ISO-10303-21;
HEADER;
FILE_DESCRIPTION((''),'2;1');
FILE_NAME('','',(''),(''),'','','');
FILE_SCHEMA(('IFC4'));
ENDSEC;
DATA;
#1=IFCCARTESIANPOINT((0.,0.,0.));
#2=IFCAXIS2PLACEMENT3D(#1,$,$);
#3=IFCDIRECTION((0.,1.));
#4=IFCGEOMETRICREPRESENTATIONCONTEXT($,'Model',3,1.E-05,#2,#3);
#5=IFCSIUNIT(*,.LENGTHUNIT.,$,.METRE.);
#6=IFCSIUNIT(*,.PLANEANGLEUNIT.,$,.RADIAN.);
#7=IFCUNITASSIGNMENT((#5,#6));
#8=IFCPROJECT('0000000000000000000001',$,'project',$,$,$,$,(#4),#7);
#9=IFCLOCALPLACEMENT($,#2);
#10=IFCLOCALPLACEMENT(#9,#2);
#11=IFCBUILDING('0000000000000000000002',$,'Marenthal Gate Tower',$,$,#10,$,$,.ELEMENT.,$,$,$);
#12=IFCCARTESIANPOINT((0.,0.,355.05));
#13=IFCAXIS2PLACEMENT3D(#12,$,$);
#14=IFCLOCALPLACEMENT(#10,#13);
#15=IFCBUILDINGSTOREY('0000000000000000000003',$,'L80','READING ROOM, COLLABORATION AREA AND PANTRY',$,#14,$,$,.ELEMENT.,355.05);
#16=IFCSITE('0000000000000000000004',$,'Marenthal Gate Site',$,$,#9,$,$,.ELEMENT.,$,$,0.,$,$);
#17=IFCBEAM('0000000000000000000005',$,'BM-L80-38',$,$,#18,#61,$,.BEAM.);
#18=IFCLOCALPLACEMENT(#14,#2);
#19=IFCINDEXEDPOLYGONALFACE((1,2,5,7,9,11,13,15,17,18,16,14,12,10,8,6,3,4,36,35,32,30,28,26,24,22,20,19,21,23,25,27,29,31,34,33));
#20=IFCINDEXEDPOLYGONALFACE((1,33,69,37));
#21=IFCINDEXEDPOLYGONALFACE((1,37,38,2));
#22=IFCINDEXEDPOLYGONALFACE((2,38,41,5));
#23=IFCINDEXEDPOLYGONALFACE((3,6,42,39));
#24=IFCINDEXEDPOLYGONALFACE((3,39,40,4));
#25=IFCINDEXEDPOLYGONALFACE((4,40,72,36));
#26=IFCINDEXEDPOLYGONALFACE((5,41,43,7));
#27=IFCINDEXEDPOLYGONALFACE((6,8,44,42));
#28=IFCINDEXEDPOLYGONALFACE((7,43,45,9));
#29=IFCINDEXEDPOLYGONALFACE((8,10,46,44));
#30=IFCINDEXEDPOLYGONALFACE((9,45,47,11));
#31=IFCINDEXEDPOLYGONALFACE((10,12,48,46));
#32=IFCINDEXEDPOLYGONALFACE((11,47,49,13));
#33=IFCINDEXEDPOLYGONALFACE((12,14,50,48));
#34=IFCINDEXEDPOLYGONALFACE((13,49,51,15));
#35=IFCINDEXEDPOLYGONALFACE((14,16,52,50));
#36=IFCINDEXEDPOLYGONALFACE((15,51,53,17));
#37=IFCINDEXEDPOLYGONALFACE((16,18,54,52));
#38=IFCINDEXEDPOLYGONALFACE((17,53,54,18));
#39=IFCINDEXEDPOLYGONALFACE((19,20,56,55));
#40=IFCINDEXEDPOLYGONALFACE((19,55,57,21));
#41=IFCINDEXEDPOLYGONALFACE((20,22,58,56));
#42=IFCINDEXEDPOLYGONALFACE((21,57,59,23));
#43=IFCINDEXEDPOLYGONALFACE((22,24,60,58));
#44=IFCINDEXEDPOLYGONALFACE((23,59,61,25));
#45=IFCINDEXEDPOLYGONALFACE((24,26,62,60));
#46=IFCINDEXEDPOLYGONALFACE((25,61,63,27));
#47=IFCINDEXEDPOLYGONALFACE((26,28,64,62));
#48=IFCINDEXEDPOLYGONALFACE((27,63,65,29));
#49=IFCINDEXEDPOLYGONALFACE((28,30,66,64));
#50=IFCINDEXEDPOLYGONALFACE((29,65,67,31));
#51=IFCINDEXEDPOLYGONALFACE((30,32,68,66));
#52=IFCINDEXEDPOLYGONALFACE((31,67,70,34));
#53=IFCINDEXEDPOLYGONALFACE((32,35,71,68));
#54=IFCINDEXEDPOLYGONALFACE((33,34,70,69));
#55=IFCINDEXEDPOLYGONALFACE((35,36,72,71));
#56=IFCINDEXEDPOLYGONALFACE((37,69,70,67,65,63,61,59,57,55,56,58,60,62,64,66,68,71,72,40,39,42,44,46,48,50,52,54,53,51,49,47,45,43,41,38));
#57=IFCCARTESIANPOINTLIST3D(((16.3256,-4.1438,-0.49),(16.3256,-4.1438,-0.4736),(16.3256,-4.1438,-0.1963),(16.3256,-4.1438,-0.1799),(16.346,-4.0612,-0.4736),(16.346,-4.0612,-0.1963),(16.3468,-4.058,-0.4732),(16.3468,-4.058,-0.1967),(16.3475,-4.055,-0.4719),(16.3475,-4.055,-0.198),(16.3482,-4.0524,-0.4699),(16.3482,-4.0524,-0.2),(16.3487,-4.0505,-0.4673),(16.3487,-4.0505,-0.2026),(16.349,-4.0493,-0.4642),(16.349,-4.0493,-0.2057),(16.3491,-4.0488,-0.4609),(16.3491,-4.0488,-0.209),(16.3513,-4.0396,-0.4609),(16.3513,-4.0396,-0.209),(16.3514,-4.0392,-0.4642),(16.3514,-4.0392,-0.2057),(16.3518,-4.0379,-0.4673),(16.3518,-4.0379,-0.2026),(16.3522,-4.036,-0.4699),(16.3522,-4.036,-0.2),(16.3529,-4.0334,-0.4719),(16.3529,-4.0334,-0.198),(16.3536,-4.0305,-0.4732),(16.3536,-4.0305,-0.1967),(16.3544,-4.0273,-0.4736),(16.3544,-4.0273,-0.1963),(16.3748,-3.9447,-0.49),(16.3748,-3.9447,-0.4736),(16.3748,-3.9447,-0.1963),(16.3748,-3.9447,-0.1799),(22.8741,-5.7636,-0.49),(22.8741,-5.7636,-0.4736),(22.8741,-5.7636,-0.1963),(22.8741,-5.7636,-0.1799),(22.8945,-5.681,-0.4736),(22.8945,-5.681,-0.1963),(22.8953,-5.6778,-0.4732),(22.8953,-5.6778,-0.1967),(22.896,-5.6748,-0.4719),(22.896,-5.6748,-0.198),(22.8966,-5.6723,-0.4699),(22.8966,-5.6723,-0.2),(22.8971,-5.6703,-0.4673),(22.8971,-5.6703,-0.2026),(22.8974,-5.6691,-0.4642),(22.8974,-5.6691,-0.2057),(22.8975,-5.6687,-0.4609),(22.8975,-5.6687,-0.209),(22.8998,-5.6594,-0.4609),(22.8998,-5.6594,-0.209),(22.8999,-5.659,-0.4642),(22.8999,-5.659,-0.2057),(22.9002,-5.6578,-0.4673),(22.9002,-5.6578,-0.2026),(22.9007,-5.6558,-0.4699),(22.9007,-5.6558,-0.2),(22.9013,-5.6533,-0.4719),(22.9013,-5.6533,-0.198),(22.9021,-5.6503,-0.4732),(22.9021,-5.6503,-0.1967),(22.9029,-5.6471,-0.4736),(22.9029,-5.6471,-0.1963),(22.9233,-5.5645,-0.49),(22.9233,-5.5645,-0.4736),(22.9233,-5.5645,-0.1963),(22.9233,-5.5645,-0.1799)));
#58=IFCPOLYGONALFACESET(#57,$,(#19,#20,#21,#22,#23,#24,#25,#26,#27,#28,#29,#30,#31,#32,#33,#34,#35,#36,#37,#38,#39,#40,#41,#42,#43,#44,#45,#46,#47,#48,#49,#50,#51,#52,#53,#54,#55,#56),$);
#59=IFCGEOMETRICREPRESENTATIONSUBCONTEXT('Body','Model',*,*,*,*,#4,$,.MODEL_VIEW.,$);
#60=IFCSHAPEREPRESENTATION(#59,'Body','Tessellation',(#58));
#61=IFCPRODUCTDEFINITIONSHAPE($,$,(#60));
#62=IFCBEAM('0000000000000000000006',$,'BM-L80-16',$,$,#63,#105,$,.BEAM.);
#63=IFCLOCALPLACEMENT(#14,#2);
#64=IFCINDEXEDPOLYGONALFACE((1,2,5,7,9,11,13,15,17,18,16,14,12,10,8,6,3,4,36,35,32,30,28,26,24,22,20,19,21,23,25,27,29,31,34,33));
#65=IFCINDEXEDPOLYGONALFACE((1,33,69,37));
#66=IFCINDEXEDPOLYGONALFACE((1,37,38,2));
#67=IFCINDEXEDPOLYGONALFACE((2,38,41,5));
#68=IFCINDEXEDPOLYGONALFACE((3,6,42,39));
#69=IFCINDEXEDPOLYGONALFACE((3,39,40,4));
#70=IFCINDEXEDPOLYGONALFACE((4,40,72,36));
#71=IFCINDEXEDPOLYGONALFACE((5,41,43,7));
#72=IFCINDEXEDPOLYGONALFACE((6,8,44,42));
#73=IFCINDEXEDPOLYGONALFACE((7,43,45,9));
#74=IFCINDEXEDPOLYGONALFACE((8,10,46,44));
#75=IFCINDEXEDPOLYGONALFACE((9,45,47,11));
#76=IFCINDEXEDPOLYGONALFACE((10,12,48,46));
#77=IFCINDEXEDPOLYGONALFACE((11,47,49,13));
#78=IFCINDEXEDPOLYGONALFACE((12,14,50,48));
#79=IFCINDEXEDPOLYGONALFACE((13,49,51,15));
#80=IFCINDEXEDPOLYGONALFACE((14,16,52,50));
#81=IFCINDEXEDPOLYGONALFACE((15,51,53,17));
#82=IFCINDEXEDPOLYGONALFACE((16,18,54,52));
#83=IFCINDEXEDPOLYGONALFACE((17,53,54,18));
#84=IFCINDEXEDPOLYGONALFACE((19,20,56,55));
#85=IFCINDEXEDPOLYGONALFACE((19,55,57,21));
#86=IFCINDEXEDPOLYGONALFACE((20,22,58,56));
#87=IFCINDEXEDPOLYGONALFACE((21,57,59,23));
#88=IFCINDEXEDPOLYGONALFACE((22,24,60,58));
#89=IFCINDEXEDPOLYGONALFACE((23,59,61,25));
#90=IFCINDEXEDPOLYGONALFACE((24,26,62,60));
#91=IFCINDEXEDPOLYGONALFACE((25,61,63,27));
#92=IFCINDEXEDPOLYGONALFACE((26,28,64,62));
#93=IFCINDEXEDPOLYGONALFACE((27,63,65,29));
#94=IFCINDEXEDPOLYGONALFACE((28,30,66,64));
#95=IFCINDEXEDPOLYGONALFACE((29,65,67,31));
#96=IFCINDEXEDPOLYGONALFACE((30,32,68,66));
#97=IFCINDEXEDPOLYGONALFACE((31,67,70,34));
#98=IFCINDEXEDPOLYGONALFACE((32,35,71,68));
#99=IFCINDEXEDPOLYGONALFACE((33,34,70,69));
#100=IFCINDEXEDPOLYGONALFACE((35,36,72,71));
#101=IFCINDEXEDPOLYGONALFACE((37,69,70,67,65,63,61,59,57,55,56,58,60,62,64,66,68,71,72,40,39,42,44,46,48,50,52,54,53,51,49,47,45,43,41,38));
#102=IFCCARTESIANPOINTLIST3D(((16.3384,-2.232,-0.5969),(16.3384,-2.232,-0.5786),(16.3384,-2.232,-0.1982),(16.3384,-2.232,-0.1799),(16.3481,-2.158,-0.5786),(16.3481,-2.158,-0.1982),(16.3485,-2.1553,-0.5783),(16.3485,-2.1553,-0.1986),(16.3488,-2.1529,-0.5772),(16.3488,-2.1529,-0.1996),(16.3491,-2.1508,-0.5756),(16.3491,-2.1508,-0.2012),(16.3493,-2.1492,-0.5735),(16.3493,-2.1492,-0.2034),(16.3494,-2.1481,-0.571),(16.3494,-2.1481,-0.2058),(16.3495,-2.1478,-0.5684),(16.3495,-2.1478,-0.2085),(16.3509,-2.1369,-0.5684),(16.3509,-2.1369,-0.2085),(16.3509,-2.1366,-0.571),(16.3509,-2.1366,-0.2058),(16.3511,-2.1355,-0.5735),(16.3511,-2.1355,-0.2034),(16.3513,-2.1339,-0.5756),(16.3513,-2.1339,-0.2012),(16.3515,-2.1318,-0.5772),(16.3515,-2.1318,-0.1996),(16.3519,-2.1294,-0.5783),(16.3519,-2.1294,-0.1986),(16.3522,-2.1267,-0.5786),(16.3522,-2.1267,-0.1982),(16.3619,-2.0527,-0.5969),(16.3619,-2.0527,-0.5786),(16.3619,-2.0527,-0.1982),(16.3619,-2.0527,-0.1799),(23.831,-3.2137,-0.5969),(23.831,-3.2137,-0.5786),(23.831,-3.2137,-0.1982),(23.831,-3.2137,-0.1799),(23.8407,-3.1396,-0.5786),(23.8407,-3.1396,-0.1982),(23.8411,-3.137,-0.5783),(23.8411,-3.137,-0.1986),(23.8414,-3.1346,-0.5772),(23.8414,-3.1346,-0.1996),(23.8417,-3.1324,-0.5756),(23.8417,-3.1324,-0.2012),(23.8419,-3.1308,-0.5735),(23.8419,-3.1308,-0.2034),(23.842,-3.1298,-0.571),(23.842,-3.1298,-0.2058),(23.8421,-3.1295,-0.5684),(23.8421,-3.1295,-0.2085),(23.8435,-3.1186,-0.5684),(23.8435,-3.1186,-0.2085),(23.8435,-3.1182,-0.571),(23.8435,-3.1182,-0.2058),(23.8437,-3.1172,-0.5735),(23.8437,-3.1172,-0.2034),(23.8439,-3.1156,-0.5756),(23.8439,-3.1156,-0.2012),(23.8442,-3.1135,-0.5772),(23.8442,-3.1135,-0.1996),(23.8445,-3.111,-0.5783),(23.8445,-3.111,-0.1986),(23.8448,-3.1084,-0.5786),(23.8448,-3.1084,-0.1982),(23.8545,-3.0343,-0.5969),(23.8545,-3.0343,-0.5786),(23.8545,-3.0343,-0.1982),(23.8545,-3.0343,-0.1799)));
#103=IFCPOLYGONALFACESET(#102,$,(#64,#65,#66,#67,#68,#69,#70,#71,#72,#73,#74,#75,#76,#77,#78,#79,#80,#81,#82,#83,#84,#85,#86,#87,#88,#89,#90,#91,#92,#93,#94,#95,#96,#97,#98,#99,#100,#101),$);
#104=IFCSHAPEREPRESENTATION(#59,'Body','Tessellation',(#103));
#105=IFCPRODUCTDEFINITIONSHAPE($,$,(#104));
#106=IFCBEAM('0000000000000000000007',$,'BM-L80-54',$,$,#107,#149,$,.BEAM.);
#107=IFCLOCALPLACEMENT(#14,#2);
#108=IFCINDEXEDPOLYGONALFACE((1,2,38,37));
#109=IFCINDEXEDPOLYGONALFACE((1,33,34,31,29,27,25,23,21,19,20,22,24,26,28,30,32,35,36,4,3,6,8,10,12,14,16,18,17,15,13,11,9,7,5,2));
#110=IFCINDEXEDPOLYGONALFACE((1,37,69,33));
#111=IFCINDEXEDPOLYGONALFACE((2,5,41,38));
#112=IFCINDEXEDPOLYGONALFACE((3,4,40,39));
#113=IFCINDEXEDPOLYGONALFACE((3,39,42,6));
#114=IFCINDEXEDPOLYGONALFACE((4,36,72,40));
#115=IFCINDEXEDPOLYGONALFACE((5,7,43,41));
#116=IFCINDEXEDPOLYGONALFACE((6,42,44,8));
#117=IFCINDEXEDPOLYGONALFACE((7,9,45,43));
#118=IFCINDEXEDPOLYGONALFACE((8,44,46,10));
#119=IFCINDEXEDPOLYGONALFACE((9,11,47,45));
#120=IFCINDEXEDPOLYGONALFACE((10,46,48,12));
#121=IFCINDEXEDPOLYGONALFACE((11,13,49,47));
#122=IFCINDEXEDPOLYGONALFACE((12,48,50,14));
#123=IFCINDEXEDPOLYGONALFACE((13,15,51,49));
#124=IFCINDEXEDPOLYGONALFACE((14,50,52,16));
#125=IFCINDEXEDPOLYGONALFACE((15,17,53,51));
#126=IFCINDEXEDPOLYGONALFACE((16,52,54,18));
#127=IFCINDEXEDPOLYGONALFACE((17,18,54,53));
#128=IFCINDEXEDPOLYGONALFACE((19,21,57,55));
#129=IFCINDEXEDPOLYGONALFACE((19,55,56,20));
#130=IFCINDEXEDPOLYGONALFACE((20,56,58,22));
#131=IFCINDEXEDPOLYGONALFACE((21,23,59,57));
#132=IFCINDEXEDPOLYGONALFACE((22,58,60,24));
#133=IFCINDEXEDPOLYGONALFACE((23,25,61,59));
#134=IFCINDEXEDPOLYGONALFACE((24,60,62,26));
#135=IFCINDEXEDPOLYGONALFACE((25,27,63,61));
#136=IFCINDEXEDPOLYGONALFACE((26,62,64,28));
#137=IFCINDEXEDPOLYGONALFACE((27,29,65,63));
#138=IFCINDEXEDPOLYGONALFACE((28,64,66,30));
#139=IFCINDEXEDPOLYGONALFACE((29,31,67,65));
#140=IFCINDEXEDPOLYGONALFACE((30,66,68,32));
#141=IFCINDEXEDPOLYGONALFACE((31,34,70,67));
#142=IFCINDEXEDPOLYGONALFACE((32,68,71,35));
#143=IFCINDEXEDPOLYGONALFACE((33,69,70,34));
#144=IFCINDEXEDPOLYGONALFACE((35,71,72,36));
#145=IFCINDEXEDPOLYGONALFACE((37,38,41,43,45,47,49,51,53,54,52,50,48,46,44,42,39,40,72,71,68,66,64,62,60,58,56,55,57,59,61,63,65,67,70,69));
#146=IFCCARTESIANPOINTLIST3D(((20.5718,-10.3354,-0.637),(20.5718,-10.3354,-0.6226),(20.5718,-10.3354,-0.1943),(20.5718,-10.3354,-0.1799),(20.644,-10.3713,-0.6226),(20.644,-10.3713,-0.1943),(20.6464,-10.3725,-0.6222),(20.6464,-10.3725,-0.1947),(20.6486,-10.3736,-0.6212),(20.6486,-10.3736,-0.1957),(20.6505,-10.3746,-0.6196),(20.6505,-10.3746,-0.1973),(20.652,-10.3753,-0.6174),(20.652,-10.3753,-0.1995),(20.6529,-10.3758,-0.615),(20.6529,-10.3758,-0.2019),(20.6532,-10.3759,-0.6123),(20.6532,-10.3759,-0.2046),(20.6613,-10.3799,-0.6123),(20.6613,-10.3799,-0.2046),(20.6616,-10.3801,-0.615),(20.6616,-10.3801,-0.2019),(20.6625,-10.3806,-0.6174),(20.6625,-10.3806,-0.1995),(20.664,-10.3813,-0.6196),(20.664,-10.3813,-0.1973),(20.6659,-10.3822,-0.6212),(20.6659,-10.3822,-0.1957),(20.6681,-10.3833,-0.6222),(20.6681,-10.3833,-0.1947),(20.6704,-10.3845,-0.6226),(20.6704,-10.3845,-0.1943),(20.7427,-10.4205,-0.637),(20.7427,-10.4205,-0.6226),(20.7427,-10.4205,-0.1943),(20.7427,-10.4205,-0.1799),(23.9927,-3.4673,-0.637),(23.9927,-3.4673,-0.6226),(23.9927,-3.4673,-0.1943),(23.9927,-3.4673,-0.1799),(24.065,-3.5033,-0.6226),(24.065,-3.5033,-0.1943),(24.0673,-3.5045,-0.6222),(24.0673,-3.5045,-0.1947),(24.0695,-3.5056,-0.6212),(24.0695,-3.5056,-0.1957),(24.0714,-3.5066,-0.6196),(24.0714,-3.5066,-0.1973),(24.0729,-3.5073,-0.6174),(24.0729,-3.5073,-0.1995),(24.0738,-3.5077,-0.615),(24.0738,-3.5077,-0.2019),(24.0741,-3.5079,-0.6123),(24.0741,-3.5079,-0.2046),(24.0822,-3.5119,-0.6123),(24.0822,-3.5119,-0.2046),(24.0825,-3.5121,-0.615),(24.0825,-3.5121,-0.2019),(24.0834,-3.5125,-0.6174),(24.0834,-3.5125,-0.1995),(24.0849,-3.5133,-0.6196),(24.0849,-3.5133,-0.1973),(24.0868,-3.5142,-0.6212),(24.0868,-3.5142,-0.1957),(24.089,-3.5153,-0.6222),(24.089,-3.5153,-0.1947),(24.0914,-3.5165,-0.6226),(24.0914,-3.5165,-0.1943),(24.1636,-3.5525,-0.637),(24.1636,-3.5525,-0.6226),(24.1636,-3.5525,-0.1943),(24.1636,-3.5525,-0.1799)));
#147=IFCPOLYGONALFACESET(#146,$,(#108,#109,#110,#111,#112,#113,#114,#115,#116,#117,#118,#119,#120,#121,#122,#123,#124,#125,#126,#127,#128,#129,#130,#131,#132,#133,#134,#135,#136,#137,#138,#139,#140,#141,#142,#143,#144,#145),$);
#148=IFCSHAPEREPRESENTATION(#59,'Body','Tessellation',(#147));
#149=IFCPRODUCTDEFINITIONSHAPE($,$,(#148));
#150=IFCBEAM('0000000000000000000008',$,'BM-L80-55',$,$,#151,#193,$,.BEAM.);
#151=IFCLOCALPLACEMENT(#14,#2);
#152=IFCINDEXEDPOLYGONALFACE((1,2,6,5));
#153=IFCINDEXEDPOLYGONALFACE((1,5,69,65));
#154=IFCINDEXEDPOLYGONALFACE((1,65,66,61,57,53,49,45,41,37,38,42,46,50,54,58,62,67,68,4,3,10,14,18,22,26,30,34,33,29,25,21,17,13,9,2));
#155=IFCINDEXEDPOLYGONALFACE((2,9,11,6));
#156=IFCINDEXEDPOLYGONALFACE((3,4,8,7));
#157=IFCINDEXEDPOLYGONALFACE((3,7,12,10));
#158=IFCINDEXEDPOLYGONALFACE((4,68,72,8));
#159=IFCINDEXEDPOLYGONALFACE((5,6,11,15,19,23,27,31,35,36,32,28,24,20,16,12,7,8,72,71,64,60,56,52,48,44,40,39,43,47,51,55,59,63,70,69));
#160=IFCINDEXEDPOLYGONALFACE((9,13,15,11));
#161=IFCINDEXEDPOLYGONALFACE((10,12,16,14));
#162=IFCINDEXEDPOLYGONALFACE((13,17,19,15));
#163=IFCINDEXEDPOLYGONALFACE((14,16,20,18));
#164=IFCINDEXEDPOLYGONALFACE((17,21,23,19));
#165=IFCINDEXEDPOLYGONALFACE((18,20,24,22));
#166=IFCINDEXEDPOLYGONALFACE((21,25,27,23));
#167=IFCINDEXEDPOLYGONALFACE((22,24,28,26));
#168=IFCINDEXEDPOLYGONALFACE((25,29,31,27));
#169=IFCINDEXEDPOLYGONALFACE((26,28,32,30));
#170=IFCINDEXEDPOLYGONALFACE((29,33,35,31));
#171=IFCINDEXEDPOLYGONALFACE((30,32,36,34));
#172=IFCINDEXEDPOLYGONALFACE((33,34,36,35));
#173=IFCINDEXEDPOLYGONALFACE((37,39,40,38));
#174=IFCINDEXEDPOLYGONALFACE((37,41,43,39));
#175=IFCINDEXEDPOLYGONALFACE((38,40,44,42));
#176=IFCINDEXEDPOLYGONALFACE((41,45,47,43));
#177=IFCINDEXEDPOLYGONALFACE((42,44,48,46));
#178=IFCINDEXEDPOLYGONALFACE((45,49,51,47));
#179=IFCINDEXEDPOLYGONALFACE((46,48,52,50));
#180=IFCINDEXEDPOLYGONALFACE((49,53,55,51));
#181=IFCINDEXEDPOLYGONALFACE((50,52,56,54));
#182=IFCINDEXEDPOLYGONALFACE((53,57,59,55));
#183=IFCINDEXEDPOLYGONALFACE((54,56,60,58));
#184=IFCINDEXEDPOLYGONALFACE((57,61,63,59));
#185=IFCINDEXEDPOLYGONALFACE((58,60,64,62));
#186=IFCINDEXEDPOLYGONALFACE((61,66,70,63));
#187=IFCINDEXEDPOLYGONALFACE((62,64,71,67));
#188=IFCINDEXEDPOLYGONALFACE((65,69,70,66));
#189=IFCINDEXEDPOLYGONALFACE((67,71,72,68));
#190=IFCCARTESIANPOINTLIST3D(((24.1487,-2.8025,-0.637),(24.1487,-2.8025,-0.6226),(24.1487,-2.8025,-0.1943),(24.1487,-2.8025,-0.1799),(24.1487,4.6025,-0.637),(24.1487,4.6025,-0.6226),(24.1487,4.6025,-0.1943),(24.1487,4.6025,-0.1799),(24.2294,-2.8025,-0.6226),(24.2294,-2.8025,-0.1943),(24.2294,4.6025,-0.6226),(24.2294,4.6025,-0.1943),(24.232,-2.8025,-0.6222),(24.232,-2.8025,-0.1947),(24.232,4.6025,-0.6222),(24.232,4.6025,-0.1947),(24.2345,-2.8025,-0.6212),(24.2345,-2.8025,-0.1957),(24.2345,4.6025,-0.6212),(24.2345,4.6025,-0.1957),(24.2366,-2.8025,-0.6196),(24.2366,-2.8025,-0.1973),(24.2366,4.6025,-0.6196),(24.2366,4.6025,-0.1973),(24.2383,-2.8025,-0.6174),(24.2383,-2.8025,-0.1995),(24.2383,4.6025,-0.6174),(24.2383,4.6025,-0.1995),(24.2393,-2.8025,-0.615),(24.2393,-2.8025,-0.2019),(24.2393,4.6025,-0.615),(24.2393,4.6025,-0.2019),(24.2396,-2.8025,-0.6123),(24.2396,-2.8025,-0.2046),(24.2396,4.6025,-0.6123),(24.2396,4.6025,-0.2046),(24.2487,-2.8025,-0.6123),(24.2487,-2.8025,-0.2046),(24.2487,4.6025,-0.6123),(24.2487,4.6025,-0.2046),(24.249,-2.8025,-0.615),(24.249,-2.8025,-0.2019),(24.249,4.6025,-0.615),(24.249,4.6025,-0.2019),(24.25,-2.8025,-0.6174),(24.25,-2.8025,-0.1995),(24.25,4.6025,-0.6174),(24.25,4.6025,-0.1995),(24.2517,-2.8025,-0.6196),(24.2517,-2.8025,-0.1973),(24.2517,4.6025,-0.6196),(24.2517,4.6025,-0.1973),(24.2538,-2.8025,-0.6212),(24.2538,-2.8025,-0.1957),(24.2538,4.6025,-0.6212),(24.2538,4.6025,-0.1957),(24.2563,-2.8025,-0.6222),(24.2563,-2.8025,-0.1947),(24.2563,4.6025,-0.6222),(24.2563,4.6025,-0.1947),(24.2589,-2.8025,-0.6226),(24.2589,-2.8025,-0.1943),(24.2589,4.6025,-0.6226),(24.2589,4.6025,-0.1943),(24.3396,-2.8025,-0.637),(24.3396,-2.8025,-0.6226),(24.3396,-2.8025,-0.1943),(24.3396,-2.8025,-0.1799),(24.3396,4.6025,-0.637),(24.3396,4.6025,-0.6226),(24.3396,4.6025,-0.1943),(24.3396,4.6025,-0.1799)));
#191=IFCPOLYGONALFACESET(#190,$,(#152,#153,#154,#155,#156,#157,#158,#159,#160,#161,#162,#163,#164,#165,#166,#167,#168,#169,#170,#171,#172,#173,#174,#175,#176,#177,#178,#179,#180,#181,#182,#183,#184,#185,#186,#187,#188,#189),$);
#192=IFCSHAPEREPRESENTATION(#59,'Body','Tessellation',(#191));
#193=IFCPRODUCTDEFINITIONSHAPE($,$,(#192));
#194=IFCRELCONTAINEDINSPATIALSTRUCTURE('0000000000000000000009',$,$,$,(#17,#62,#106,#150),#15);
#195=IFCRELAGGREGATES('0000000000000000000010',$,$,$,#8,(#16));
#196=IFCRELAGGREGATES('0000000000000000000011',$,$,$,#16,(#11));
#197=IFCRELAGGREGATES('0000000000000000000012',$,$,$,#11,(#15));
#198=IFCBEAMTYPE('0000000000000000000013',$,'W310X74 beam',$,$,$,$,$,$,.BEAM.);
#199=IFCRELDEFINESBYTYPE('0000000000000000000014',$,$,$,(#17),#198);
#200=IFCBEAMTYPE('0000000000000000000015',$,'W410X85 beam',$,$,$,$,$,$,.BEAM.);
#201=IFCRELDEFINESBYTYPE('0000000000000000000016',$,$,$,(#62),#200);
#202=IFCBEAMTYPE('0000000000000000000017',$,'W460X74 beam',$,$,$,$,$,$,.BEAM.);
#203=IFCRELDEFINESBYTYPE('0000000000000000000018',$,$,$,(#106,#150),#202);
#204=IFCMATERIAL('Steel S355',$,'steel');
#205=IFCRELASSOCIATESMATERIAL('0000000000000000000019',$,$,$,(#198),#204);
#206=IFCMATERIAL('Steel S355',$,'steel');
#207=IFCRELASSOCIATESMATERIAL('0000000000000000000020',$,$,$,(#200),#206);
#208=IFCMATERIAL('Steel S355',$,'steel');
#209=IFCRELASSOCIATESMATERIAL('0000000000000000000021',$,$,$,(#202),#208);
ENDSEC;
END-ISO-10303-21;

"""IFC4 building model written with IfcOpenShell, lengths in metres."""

from ifc_helpers import new_model, si_unit, direction, frame, origin, origin_2d, place, context, subcontext, project, spatial, i_section, extrude, material, material_profile, profile_set, type_object, element, save


model = new_model("IFC4")

# Units and contexts
model_context = context("Model", 3, precision=1e-05, world=origin(), true_north=direction((0.0, 1.0)))
body_context = subcontext(model_context, "Body", "Model", "MODEL_VIEW")
ifc_project = project(units=[si_unit("LENGTHUNIT", "METRE"), si_unit("PLANEANGLEUNIT", "RADIAN")], contexts=[model_context])

# Site, building, storey
site_placement = place(None, origin())
site = spatial("IfcSite", under=ifc_project, at=site_placement, Name="Marenthal Gate Site", CompositionType="ELEMENT", RefElevation=0.0)
building_placement = place(site_placement, origin())
building = spatial("IfcBuilding", under=site, at=building_placement, Name="Marenthal Gate Tower", CompositionType="ELEMENT")
storey_placement = place(building_placement, frame((0.0, 0.0, 355.05)))
storey = spatial("IfcBuildingStorey", under=building, at=storey_placement, Name="L80", Description="READING ROOM, COLLABORATION AREA AND PANTRY", CompositionType="ELEMENT", Elevation=355.05)

# Beams
ifc_material_1 = material(Name="Steel S355", Category="steel")
ifc_material_profile_1 = material_profile(ifc_material_1, i_section(OverallWidth=0.2051, OverallDepth=0.3101, WebThickness=0.0095, FlangeThickness=0.0164, FilletRadius=0.0127, at=origin_2d()), Name="W310X74")
ifc_profile_set_1 = profile_set([ifc_material_profile_1], Name="Steel S355")
beam_type_1 = type_object("IfcBeamType", Name="W310X74 beam", PredefinedType="BEAM", material=ifc_profile_set_1)
beam_1_placement = place(storey_placement, frame((22.8987, -5.6641, -0.335), z_axis=(-0.970742, 0.240125, 0.0), x_axis=(-0.240125, -0.970742, 0.0)))
element("IfcBeam", 1, at=beam_1_placement, inside=storey, type_object=beam_type_1, Name="BM-L80-38", PredefinedType="BEAM", context=body_context, shape_type="SweptSolid", body=[
    extrude(i_section(OverallWidth=0.2051, OverallDepth=0.3101, WebThickness=0.0095, FlangeThickness=0.0164, FilletRadius=0.0127, at=origin_2d()), origin(), (0.0, 0.0, 1.0), 6.7458),
])
ifc_material_2 = material(Name="Steel S355", Category="steel")
ifc_material_profile_2 = material_profile(ifc_material_2, i_section(OverallWidth=0.1809, OverallDepth=0.417, WebThickness=0.011, FlangeThickness=0.0183, FilletRadius=0.0103, at=origin_2d()), Name="W410X85")
ifc_profile_set_2 = profile_set([ifc_material_profile_2], Name="Steel S355")
beam_type_2 = type_object("IfcBeamType", Name="W410X85 beam", PredefinedType="BEAM", material=ifc_profile_set_2)
beam_2_placement = place(storey_placement, frame((23.8428, -3.124, -0.3884), z_axis=(-0.991526, 0.12991, 0.0), x_axis=(-0.12991, -0.991526, 0.0)))
element("IfcBeam", 2, at=beam_2_placement, inside=storey, type_object=beam_type_2, Name="BM-L80-16", PredefinedType="BEAM", context=body_context, shape_type="SweptSolid", body=[
    extrude(i_section(OverallWidth=0.1809, OverallDepth=0.417, WebThickness=0.011, FlangeThickness=0.0183, FilletRadius=0.0103, at=origin_2d()), origin(), (0.0, 0.0, 1.0), 7.5566),
])
ifc_material_3 = material(Name="Steel S355", Category="steel")
ifc_material_profile_3 = material_profile(ifc_material_3, i_section(OverallWidth=0.1909, OverallDepth=0.457, WebThickness=0.009, FlangeThickness=0.0144, FilletRadius=0.0103, at=origin_2d()), Name="W460X74")
ifc_profile_set_3 = profile_set([ifc_material_profile_3], Name="Steel S355")
beam_type_3 = type_object("IfcBeamType", Name="W460X74 beam", PredefinedType="BEAM", material=ifc_profile_set_3)
beam_3_placement = place(storey_placement, frame((20.6572, -10.3779, -0.4084), z_axis=(0.445851, 0.895107, 0.0), x_axis=(-0.895107, 0.445851, 0.0)))
element("IfcBeam", 3, at=beam_3_placement, inside=storey, type_object=beam_type_3, Name="BM-L80-54", PredefinedType="BEAM", context=body_context, shape_type="SweptSolid", body=[
    extrude(i_section(OverallWidth=0.1909, OverallDepth=0.457, WebThickness=0.009, FlangeThickness=0.0144, FilletRadius=0.0103, at=origin_2d()), origin(), (0.0, 0.0, 1.0), 7.6729),
])
beam_4_placement = place(storey_placement, frame((24.2441, -2.8025, -0.4084), z_axis=(0.0, 1.0, 0.0), x_axis=(-1.0, 0.0, 0.0)))
element("IfcBeam", 4, at=beam_4_placement, inside=storey, type_object=beam_type_3, Name="BM-L80-55", PredefinedType="BEAM", context=body_context, shape_type="SweptSolid", body=[
    extrude(i_section(OverallWidth=0.1909, OverallDepth=0.457, WebThickness=0.009, FlangeThickness=0.0144, FilletRadius=0.0103, at=origin_2d()), origin(), (0.0, 0.0, 1.0), 7.405),
])

save(model, "model.ifc")
